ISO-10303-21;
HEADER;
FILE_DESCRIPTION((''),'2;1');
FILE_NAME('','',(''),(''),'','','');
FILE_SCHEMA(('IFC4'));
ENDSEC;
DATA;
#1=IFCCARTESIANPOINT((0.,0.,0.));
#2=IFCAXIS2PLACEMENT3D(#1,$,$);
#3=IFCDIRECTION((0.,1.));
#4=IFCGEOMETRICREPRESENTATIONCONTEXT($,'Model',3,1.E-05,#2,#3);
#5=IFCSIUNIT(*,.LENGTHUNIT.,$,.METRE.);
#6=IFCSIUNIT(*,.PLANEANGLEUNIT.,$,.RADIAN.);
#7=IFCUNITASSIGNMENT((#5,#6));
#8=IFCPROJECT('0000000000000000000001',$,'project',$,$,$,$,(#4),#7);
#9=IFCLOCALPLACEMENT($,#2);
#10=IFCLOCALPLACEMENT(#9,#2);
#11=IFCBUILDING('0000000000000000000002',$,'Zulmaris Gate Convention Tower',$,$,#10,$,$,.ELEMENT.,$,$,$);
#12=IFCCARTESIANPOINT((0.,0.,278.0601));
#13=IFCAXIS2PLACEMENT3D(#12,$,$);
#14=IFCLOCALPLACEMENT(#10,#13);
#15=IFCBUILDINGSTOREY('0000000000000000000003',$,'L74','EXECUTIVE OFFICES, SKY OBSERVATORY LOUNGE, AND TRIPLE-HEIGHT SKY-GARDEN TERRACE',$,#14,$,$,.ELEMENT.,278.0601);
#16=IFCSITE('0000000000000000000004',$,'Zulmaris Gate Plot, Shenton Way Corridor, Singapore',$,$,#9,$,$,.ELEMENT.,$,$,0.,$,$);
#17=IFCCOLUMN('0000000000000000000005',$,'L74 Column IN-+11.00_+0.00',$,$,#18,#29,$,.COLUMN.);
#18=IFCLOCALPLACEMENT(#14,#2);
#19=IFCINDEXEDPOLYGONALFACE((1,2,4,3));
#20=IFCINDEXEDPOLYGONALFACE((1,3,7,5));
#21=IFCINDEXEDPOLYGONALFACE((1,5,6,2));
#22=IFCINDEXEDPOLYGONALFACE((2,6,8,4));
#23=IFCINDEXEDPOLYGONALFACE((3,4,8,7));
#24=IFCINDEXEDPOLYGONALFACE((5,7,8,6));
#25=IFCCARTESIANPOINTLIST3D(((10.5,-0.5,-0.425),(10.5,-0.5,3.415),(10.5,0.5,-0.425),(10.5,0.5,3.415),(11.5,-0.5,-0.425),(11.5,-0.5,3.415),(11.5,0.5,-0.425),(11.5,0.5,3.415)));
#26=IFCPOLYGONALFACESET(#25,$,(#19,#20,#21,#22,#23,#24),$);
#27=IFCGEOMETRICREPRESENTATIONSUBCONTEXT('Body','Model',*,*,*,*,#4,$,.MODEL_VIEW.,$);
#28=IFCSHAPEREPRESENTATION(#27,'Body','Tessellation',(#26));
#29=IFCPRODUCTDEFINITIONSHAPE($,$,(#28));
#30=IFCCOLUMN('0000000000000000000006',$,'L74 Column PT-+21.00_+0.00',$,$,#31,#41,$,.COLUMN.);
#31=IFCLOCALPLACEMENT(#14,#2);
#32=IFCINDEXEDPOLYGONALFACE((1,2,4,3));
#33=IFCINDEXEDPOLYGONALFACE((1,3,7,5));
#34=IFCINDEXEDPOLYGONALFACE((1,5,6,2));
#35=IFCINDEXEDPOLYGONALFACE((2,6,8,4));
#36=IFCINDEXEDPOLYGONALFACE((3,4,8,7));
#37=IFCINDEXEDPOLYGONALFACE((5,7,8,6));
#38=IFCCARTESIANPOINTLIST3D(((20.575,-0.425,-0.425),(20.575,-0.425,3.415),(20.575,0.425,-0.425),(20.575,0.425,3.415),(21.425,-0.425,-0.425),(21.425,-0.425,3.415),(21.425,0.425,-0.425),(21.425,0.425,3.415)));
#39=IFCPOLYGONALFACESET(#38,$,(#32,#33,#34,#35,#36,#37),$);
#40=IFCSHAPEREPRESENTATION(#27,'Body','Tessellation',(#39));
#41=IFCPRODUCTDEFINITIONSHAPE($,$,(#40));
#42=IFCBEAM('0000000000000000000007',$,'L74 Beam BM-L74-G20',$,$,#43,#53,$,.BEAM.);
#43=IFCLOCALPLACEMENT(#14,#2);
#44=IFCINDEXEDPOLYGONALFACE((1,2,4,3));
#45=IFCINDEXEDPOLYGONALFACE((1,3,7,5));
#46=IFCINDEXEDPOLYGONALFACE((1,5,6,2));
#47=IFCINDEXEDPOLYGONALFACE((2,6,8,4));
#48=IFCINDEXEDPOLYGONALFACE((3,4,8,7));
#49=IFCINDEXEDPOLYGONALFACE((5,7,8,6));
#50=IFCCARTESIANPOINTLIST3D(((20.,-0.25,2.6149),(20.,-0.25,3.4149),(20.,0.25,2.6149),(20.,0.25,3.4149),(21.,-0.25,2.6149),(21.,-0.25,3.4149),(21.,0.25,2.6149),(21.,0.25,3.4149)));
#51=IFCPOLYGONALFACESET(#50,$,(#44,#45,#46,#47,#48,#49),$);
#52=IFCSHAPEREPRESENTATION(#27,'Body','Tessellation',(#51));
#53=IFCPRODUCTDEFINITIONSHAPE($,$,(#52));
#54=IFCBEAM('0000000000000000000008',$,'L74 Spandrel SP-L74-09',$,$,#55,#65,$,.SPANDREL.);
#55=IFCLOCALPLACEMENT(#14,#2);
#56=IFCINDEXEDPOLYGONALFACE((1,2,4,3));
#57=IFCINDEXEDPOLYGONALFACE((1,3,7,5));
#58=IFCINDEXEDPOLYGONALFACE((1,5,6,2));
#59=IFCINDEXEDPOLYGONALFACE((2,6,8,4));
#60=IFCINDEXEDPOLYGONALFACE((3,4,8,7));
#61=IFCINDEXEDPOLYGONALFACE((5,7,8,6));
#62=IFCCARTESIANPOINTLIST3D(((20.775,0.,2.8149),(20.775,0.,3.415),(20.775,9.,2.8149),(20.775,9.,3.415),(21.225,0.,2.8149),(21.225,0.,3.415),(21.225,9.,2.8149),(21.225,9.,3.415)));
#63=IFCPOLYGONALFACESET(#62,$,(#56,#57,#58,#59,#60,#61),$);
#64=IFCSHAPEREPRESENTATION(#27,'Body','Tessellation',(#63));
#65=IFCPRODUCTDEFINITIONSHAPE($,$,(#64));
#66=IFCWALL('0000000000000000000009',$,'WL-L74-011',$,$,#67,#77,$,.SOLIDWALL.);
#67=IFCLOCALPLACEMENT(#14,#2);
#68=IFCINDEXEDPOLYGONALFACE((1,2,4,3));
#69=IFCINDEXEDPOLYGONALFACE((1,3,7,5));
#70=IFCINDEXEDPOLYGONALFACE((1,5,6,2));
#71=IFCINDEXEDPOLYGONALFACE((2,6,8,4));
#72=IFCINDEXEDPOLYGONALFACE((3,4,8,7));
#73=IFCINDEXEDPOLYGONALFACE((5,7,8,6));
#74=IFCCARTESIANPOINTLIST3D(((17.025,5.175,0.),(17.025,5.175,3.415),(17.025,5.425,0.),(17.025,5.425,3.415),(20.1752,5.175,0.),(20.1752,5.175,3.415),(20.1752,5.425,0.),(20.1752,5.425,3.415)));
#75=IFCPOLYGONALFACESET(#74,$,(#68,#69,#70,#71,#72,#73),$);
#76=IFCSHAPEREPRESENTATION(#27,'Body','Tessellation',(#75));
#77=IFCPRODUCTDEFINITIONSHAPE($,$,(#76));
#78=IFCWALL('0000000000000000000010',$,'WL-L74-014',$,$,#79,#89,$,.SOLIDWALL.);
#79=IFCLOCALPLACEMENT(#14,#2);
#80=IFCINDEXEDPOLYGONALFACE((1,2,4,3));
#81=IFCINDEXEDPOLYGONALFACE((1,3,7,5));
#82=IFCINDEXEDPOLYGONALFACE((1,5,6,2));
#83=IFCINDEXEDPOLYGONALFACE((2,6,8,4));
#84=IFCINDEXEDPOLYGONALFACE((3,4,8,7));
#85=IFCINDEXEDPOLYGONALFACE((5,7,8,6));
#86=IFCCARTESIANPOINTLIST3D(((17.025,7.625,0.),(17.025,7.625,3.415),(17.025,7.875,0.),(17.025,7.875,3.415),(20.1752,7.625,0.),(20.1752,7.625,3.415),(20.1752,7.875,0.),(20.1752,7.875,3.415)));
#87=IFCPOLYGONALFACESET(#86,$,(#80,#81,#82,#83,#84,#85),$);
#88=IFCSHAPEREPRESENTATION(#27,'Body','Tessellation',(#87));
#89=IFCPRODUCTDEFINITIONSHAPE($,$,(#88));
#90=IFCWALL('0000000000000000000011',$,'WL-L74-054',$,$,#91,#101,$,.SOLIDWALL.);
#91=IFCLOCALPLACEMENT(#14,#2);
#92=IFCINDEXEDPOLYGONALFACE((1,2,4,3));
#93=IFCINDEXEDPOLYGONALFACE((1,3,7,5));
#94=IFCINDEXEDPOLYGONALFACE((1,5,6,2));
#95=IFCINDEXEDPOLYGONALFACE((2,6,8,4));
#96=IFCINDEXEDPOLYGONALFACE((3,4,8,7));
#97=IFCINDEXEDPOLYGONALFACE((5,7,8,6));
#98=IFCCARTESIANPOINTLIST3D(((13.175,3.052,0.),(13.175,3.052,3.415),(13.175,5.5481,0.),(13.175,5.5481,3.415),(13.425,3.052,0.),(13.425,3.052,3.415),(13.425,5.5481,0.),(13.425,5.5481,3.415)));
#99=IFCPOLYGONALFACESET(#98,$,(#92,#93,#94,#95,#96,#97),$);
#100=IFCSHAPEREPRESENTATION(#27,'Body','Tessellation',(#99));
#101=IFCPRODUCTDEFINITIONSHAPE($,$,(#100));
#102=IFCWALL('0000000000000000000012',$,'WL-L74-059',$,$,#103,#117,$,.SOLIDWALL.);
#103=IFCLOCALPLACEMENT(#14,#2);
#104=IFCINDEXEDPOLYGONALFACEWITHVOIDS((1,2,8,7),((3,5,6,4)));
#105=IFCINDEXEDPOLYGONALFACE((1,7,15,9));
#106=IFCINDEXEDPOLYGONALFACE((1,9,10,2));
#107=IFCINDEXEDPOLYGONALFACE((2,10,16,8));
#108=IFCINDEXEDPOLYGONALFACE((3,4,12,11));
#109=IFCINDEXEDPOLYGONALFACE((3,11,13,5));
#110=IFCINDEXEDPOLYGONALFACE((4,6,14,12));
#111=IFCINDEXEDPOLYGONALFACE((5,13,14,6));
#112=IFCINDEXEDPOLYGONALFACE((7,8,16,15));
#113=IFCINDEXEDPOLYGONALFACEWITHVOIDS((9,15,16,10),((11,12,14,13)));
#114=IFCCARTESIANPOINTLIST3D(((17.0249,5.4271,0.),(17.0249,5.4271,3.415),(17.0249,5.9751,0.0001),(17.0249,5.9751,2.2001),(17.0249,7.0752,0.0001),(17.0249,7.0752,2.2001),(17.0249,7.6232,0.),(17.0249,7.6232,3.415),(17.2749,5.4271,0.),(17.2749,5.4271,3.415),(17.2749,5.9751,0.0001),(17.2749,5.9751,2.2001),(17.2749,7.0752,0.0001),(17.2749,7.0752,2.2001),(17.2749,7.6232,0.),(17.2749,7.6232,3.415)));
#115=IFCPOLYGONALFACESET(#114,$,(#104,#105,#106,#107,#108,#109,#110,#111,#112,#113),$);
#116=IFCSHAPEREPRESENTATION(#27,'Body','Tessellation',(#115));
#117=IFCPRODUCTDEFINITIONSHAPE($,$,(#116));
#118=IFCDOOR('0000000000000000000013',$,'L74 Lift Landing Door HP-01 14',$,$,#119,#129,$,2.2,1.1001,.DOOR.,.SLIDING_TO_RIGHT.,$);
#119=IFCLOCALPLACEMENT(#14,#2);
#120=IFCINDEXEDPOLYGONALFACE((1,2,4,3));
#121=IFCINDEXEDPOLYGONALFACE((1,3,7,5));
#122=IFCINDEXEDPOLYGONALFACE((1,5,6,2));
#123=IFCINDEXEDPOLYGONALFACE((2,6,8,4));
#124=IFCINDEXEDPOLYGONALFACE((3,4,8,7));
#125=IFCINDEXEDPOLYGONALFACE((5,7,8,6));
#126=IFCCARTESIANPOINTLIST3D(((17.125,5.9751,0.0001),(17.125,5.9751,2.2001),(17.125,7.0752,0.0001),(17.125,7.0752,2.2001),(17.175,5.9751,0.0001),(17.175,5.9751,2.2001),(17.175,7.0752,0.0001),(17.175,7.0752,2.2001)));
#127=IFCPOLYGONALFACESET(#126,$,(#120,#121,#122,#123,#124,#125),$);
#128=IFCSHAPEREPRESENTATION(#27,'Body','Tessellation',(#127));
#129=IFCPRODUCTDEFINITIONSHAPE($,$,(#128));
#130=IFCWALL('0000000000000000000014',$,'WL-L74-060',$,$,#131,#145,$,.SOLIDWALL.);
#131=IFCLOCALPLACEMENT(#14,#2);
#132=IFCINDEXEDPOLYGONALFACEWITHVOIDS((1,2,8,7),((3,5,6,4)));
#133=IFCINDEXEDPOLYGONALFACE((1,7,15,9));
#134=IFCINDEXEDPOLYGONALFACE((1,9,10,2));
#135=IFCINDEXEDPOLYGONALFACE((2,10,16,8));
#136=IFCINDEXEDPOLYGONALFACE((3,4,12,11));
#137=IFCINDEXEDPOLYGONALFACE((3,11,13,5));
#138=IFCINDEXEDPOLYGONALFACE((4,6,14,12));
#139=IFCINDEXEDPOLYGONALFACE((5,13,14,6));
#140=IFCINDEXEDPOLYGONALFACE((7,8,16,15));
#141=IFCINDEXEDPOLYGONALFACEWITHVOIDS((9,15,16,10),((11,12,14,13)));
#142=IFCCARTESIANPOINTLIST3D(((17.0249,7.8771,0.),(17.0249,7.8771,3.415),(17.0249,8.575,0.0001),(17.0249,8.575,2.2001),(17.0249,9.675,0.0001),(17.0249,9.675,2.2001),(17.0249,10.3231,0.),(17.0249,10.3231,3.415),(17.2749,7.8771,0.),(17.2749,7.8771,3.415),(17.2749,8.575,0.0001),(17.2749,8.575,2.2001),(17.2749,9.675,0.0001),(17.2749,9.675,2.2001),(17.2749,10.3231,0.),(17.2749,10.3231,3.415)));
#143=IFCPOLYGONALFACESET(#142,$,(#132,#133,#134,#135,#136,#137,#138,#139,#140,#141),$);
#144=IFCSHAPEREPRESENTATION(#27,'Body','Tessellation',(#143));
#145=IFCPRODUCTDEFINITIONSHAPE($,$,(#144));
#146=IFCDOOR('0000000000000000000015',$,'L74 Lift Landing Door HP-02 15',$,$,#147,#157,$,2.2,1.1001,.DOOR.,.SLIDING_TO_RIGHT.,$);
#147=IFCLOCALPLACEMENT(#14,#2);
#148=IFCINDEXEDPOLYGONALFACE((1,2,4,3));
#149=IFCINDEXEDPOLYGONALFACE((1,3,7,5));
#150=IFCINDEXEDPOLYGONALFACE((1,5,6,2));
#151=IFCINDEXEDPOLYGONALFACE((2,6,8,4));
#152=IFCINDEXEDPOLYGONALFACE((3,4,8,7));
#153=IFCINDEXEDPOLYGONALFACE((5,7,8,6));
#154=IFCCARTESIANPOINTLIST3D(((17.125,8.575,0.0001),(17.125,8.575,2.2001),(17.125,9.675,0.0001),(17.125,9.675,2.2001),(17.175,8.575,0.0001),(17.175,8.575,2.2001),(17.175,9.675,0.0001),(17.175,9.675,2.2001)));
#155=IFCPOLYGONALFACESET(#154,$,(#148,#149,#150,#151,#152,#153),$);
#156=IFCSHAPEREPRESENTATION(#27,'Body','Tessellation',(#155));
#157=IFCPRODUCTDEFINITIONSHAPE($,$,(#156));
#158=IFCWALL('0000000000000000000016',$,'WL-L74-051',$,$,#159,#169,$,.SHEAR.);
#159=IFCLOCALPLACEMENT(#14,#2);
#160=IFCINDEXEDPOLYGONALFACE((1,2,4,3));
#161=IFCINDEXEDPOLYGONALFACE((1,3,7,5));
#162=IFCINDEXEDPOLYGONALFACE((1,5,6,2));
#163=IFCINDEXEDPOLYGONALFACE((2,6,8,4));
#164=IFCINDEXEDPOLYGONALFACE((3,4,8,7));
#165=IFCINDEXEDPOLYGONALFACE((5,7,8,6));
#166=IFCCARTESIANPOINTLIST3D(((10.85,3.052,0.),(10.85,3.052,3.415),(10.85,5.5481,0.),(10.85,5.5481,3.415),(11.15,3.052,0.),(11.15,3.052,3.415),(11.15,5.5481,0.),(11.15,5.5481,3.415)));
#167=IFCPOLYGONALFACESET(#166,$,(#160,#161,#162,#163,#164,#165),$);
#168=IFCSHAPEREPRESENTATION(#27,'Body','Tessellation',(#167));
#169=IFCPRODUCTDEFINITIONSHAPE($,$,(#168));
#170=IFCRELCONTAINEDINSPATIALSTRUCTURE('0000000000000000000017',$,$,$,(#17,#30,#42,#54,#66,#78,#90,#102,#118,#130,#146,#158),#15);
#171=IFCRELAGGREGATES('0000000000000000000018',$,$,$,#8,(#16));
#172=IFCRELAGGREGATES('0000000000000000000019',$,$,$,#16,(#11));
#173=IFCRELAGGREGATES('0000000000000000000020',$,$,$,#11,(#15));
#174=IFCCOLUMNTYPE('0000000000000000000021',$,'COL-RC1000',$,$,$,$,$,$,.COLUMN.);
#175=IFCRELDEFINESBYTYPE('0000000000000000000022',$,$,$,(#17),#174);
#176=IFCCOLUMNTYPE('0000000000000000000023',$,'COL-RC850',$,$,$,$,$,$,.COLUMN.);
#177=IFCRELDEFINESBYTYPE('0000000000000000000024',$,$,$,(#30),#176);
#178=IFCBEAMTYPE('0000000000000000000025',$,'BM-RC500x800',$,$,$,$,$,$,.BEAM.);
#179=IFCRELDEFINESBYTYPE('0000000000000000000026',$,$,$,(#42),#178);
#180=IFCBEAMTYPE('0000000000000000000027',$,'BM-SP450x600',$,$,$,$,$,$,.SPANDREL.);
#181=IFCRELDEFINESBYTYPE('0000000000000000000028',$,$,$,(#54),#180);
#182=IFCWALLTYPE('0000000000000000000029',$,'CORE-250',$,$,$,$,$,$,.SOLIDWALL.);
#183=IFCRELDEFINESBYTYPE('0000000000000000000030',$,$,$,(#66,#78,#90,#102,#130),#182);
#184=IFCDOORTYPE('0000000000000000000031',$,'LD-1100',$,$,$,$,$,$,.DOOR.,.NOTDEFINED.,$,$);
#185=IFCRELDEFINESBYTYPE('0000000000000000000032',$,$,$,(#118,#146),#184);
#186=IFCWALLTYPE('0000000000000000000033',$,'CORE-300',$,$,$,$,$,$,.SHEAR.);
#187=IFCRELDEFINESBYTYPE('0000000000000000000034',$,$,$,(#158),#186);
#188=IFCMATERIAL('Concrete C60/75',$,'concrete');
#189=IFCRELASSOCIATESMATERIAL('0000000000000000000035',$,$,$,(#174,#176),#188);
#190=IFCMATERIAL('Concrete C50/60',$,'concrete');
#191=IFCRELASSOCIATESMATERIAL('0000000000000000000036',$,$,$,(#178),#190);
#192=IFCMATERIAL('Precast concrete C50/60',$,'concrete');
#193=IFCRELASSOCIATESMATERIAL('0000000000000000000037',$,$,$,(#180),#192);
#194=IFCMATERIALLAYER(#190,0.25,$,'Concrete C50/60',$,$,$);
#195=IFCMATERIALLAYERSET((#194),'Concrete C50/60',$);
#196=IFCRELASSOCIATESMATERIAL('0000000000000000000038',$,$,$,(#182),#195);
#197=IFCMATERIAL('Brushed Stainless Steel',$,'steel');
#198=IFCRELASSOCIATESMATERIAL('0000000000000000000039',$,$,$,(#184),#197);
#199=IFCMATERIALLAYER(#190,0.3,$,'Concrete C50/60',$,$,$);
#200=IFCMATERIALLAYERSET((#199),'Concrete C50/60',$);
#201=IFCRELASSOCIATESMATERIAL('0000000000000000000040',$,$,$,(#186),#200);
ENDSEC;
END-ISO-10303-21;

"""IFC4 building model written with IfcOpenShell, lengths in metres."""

from ifc_helpers import new_model, si_unit, direction, frame, frame_2d, origin, origin_2d, place, context, subcontext, project, spatial, rectangle, extrude, material, layer, layer_set, material_profile, profile_set, type_object, element, fill, save


model = new_model("IFC4")

# Units and contexts
model_context = context("Model", 3, precision=1e-05, world=origin(), true_north=direction((0.0, 1.0)))
body_context = subcontext(model_context, "Body", "Model", "MODEL_VIEW")
ifc_project = project(units=[si_unit("LENGTHUNIT", "METRE"), si_unit("PLANEANGLEUNIT", "RADIAN")], contexts=[model_context])

# Site, building, storey
site_placement = place(None, origin())
site = spatial("IfcSite", under=ifc_project, at=site_placement, Name="Zulmaris Gate Plot, Shenton Way Corridor, Singapore", CompositionType="ELEMENT", RefElevation=0.0)
building_placement = place(site_placement, origin())
building = spatial("IfcBuilding", under=site, at=building_placement, Name="Zulmaris Gate Convention Tower", CompositionType="ELEMENT")
storey_placement = place(building_placement, frame((0.0, 0.0, 278.0601)))
storey = spatial("IfcBuildingStorey", under=building, at=storey_placement, Name="L74", Description="EXECUTIVE OFFICES, SKY OBSERVATORY LOUNGE, AND TRIPLE-HEIGHT SKY-GARDEN TERRACE", CompositionType="ELEMENT", Elevation=278.0601)

# Columns
ifc_material_1 = material(Name="Concrete C60/75", Category="concrete")
ifc_material_profile_1 = material_profile(ifc_material_1, rectangle(XDim=1.0, YDim=1.0, at=origin_2d()), Name="RC COL 1000x1000")
ifc_profile_set_1 = profile_set([ifc_material_profile_1], Name="Concrete C60/75")
column_type_1 = type_object("IfcColumnType", Name="COL-RC1000", PredefinedType="COLUMN", material=ifc_profile_set_1)
column_1_placement = place(storey_placement, frame((11.0, 0.0, -0.425), z_axis=(0.0, 0.0, 1.0), x_axis=(1.0, 0.0, 0.0)))
element("IfcColumn", 1, at=column_1_placement, inside=storey, type_object=column_type_1, Name="L74 Column IN-+11.00_+0.00", PredefinedType="COLUMN", context=body_context, shape_type="SweptSolid", body=[
    extrude(rectangle(XDim=1.0, YDim=1.0, at=origin_2d()), origin(), (0.0, 0.0, 1.0), 3.8401),
])
ifc_material_profile_2 = material_profile(ifc_material_1, rectangle(XDim=0.8501, YDim=0.8501, at=origin_2d()), Name="RC COL 850x850")
ifc_profile_set_2 = profile_set([ifc_material_profile_2], Name="Concrete C60/75")
column_type_2 = type_object("IfcColumnType", Name="COL-RC850", PredefinedType="COLUMN", material=ifc_profile_set_2)
column_2_placement = place(storey_placement, frame((21.0, 0.0, -0.425), z_axis=(0.0, 0.0, 1.0), x_axis=(1.0, 0.0, 0.0)))
element("IfcColumn", 2, at=column_2_placement, inside=storey, type_object=column_type_2, Name="L74 Column PT-+21.00_+0.00", PredefinedType="COLUMN", context=body_context, shape_type="SweptSolid", body=[
    extrude(rectangle(XDim=0.8501, YDim=0.8501, at=origin_2d()), origin(), (0.0, 0.0, 1.0), 3.8401),
])

# Beams
ifc_material_2 = material(Name="Concrete C50/60", Category="concrete")
ifc_material_profile_3 = material_profile(ifc_material_2, rectangle(XDim=0.5, YDim=0.8, at=origin_2d()), Name="RC BEAM 500x800")
ifc_profile_set_3 = profile_set([ifc_material_profile_3], Name="Concrete C50/60")
beam_type_1 = type_object("IfcBeamType", Name="BM-RC500x800", PredefinedType="BEAM", material=ifc_profile_set_3)
beam_1_placement = place(storey_placement, frame((20.0, 0.0, 3.0149), z_axis=(1.0, 0.0, 0.0), x_axis=(0.0, 1.0, 0.0)))
element("IfcBeam", 3, at=beam_1_placement, inside=storey, type_object=beam_type_1, Name="L74 Beam BM-L74-G20", PredefinedType="BEAM", context=body_context, shape_type="SweptSolid", body=[
    extrude(rectangle(XDim=0.5, YDim=0.8, at=origin_2d()), origin(), (0.0, 0.0, 1.0), 1.0),
])
ifc_material_3 = material(Name="Precast concrete C50/60", Category="concrete")
ifc_material_profile_4 = material_profile(ifc_material_3, rectangle(XDim=0.45, YDim=0.6001, at=origin_2d()), Name="RC SPANDREL 450x600")
ifc_profile_set_4 = profile_set([ifc_material_profile_4], Name="Precast concrete C50/60")
beam_type_2 = type_object("IfcBeamType", Name="BM-SP450x600", PredefinedType="SPANDREL", material=ifc_profile_set_4)
beam_2_placement = place(storey_placement, frame((21.0, 0.0, 3.115), z_axis=(0.0, 1.0, 0.0), x_axis=(-1.0, 0.0, 0.0)))
element("IfcBeam", 4, at=beam_2_placement, inside=storey, type_object=beam_type_2, Name="L74 Spandrel SP-L74-09", PredefinedType="SPANDREL", context=body_context, shape_type="SweptSolid", body=[
    extrude(rectangle(XDim=0.45, YDim=0.6001, at=origin_2d()), origin(), (0.0, 0.0, 1.0), 9.0),
])

# Walls
ifc_layer_1 = layer(ifc_material_2, 0.25, Name="Concrete C50/60")
ifc_layer_set_1 = layer_set([ifc_layer_1], Name="Concrete C50/60")
wall_type_1 = type_object("IfcWallType", Name="CORE-250", PredefinedType="SOLIDWALL", material=ifc_layer_set_1)
for number, where, z_axis, x_axis, name in (
    (5, (17.0249, 5.3, 0.0), (0.0, 0.0, 1.0), (1.0, 0.0, 0.0), "WL-L74-011"),
    (6, (17.0249, 7.75, 0.0), (0.0, 0.0, 1.0), (1.0, 0.0, 0.0), "WL-L74-014"),
):
    element("IfcWall", number, at=place(storey_placement, frame(where, z_axis=z_axis, x_axis=x_axis)), inside=storey, type_object=wall_type_1, Name=name, PredefinedType="SOLIDWALL", context=body_context, shape_type="SweptSolid", body=[
        extrude(rectangle(XDim=3.1501, YDim=0.25, at=frame_2d((1.5752, 0.0))), origin(), (0.0, 0.0, 1.0), 3.415),
    ])
wall_1_placement = place(storey_placement, frame((13.3, 3.052, 0.0), z_axis=(0.0, 0.0, 1.0), x_axis=(0.0, 1.0, 0.0)))
element("IfcWall", 7, at=wall_1_placement, inside=storey, type_object=wall_type_1, Name="WL-L74-054", PredefinedType="SOLIDWALL", context=body_context, shape_type="SweptSolid", body=[
    extrude(rectangle(XDim=2.4961, YDim=0.25, at=frame_2d((1.248, 0.0))), origin(), (0.0, 0.0, 1.0), 3.415),
])

# Walls, openings, doors
wall_2_placement = place(storey_placement, frame((17.1499, 5.427, 0.0), z_axis=(0.0, 0.0, 1.0), x_axis=(0.0, 1.0, 0.0)))
wall_2 = element("IfcWall", 8, at=wall_2_placement, inside=storey, type_object=wall_type_1, Name="WL-L74-059", PredefinedType="SOLIDWALL", context=body_context, shape_type="SweptSolid", body=[
    extrude(rectangle(XDim=2.196, YDim=0.25, at=frame_2d((1.0981, 0.0))), origin(), (0.0, 0.0, 1.0), 3.415),
])
opening_1_placement = place(wall_2_placement, frame((0.5481, 0.0, 0.0)))
opening_1 = element("IfcOpeningElement", 9, at=opening_1_placement, cuts=wall_2, PredefinedType="OPENING", context=body_context, shape_type="SweptSolid", body=[
    extrude(rectangle(XDim=1.1001, YDim=2.2, at=frame_2d((0.55, 1.1001))), frame((0.0, 0.135, 0.0), z_axis=(0.0, -1.0, 0.0), x_axis=(1.0, 0.0, 0.0)), (0.0, 0.0, 1.0), 0.27),
])
ifc_material_4 = material(Name="Brushed Stainless Steel", Category="steel")
door_type_1 = type_object("IfcDoorType", Name="LD-1100", OperationType="NOTDEFINED", PredefinedType="DOOR", material=ifc_material_4)
door_1_placement = place(opening_1_placement, origin())
door_1 = element("IfcDoor", 10, at=door_1_placement, inside=storey, type_object=door_type_1, Name="L74 Lift Landing Door HP-01 14", OperationType="SLIDING_TO_RIGHT", OverallHeight=2.2, OverallWidth=1.1001, PredefinedType="DOOR", context=body_context, shape_type="SweptSolid", body=[
    extrude(rectangle(XDim=1.1001, YDim=2.2, at=frame_2d((0.55, 1.1001))), frame((0.0, 0.0249, 0.0), z_axis=(0.0, -1.0, 0.0), x_axis=(1.0, 0.0, 0.0)), (0.0, 0.0, 1.0), 0.05),
])
fill(opening_1, door_1)
wall_3_placement = place(storey_placement, frame((17.1499, 7.877, 0.0), z_axis=(0.0, 0.0, 1.0), x_axis=(0.0, 1.0, 0.0)))
wall_3 = element("IfcWall", 11, at=wall_3_placement, inside=storey, type_object=wall_type_1, Name="WL-L74-060", PredefinedType="SOLIDWALL", context=body_context, shape_type="SweptSolid", body=[
    extrude(rectangle(XDim=2.446, YDim=0.25, at=frame_2d((1.2231, 0.0))), origin(), (0.0, 0.0, 1.0), 3.415),
])
opening_2_placement = place(wall_3_placement, frame((0.698, 0.0, 0.0)))
opening_2 = element("IfcOpeningElement", 12, at=opening_2_placement, cuts=wall_3, PredefinedType="OPENING", context=body_context, shape_type="SweptSolid", body=[
    extrude(rectangle(XDim=1.1001, YDim=2.2, at=frame_2d((0.55, 1.1001))), frame((0.0, 0.135, 0.0), z_axis=(0.0, -1.0, 0.0), x_axis=(1.0, 0.0, 0.0)), (0.0, 0.0, 1.0), 0.27),
])
door_2_placement = place(opening_2_placement, origin())
door_2 = element("IfcDoor", 13, at=door_2_placement, inside=storey, type_object=door_type_1, Name="L74 Lift Landing Door HP-02 15", OperationType="SLIDING_TO_RIGHT", OverallHeight=2.2, OverallWidth=1.1001, PredefinedType="DOOR", context=body_context, shape_type="SweptSolid", body=[
    extrude(rectangle(XDim=1.1001, YDim=2.2, at=frame_2d((0.55, 1.1001))), frame((0.0, 0.0249, 0.0), z_axis=(0.0, -1.0, 0.0), x_axis=(1.0, 0.0, 0.0)), (0.0, 0.0, 1.0), 0.05),
])
fill(opening_2, door_2)
ifc_layer_2 = layer(ifc_material_2, 0.3, Name="Concrete C50/60")
ifc_layer_set_2 = layer_set([ifc_layer_2], Name="Concrete C50/60")
wall_type_2 = type_object("IfcWallType", Name="CORE-300", PredefinedType="SHEAR", material=ifc_layer_set_2)

# Wall
wall_4_placement = place(storey_placement, frame((11.0, 3.052, 0.0), z_axis=(0.0, 0.0, 1.0), x_axis=(0.0, 1.0, 0.0)))
element("IfcWall", 14, at=wall_4_placement, inside=storey, type_object=wall_type_2, Name="WL-L74-051", PredefinedType="SHEAR", context=body_context, shape_type="SweptSolid", body=[
    extrude(rectangle(XDim=2.4961, YDim=0.3, at=frame_2d((1.248, 0.0))), origin(), (0.0, 0.0, 1.0), 3.415),
])

save(model, "model.ifc")
